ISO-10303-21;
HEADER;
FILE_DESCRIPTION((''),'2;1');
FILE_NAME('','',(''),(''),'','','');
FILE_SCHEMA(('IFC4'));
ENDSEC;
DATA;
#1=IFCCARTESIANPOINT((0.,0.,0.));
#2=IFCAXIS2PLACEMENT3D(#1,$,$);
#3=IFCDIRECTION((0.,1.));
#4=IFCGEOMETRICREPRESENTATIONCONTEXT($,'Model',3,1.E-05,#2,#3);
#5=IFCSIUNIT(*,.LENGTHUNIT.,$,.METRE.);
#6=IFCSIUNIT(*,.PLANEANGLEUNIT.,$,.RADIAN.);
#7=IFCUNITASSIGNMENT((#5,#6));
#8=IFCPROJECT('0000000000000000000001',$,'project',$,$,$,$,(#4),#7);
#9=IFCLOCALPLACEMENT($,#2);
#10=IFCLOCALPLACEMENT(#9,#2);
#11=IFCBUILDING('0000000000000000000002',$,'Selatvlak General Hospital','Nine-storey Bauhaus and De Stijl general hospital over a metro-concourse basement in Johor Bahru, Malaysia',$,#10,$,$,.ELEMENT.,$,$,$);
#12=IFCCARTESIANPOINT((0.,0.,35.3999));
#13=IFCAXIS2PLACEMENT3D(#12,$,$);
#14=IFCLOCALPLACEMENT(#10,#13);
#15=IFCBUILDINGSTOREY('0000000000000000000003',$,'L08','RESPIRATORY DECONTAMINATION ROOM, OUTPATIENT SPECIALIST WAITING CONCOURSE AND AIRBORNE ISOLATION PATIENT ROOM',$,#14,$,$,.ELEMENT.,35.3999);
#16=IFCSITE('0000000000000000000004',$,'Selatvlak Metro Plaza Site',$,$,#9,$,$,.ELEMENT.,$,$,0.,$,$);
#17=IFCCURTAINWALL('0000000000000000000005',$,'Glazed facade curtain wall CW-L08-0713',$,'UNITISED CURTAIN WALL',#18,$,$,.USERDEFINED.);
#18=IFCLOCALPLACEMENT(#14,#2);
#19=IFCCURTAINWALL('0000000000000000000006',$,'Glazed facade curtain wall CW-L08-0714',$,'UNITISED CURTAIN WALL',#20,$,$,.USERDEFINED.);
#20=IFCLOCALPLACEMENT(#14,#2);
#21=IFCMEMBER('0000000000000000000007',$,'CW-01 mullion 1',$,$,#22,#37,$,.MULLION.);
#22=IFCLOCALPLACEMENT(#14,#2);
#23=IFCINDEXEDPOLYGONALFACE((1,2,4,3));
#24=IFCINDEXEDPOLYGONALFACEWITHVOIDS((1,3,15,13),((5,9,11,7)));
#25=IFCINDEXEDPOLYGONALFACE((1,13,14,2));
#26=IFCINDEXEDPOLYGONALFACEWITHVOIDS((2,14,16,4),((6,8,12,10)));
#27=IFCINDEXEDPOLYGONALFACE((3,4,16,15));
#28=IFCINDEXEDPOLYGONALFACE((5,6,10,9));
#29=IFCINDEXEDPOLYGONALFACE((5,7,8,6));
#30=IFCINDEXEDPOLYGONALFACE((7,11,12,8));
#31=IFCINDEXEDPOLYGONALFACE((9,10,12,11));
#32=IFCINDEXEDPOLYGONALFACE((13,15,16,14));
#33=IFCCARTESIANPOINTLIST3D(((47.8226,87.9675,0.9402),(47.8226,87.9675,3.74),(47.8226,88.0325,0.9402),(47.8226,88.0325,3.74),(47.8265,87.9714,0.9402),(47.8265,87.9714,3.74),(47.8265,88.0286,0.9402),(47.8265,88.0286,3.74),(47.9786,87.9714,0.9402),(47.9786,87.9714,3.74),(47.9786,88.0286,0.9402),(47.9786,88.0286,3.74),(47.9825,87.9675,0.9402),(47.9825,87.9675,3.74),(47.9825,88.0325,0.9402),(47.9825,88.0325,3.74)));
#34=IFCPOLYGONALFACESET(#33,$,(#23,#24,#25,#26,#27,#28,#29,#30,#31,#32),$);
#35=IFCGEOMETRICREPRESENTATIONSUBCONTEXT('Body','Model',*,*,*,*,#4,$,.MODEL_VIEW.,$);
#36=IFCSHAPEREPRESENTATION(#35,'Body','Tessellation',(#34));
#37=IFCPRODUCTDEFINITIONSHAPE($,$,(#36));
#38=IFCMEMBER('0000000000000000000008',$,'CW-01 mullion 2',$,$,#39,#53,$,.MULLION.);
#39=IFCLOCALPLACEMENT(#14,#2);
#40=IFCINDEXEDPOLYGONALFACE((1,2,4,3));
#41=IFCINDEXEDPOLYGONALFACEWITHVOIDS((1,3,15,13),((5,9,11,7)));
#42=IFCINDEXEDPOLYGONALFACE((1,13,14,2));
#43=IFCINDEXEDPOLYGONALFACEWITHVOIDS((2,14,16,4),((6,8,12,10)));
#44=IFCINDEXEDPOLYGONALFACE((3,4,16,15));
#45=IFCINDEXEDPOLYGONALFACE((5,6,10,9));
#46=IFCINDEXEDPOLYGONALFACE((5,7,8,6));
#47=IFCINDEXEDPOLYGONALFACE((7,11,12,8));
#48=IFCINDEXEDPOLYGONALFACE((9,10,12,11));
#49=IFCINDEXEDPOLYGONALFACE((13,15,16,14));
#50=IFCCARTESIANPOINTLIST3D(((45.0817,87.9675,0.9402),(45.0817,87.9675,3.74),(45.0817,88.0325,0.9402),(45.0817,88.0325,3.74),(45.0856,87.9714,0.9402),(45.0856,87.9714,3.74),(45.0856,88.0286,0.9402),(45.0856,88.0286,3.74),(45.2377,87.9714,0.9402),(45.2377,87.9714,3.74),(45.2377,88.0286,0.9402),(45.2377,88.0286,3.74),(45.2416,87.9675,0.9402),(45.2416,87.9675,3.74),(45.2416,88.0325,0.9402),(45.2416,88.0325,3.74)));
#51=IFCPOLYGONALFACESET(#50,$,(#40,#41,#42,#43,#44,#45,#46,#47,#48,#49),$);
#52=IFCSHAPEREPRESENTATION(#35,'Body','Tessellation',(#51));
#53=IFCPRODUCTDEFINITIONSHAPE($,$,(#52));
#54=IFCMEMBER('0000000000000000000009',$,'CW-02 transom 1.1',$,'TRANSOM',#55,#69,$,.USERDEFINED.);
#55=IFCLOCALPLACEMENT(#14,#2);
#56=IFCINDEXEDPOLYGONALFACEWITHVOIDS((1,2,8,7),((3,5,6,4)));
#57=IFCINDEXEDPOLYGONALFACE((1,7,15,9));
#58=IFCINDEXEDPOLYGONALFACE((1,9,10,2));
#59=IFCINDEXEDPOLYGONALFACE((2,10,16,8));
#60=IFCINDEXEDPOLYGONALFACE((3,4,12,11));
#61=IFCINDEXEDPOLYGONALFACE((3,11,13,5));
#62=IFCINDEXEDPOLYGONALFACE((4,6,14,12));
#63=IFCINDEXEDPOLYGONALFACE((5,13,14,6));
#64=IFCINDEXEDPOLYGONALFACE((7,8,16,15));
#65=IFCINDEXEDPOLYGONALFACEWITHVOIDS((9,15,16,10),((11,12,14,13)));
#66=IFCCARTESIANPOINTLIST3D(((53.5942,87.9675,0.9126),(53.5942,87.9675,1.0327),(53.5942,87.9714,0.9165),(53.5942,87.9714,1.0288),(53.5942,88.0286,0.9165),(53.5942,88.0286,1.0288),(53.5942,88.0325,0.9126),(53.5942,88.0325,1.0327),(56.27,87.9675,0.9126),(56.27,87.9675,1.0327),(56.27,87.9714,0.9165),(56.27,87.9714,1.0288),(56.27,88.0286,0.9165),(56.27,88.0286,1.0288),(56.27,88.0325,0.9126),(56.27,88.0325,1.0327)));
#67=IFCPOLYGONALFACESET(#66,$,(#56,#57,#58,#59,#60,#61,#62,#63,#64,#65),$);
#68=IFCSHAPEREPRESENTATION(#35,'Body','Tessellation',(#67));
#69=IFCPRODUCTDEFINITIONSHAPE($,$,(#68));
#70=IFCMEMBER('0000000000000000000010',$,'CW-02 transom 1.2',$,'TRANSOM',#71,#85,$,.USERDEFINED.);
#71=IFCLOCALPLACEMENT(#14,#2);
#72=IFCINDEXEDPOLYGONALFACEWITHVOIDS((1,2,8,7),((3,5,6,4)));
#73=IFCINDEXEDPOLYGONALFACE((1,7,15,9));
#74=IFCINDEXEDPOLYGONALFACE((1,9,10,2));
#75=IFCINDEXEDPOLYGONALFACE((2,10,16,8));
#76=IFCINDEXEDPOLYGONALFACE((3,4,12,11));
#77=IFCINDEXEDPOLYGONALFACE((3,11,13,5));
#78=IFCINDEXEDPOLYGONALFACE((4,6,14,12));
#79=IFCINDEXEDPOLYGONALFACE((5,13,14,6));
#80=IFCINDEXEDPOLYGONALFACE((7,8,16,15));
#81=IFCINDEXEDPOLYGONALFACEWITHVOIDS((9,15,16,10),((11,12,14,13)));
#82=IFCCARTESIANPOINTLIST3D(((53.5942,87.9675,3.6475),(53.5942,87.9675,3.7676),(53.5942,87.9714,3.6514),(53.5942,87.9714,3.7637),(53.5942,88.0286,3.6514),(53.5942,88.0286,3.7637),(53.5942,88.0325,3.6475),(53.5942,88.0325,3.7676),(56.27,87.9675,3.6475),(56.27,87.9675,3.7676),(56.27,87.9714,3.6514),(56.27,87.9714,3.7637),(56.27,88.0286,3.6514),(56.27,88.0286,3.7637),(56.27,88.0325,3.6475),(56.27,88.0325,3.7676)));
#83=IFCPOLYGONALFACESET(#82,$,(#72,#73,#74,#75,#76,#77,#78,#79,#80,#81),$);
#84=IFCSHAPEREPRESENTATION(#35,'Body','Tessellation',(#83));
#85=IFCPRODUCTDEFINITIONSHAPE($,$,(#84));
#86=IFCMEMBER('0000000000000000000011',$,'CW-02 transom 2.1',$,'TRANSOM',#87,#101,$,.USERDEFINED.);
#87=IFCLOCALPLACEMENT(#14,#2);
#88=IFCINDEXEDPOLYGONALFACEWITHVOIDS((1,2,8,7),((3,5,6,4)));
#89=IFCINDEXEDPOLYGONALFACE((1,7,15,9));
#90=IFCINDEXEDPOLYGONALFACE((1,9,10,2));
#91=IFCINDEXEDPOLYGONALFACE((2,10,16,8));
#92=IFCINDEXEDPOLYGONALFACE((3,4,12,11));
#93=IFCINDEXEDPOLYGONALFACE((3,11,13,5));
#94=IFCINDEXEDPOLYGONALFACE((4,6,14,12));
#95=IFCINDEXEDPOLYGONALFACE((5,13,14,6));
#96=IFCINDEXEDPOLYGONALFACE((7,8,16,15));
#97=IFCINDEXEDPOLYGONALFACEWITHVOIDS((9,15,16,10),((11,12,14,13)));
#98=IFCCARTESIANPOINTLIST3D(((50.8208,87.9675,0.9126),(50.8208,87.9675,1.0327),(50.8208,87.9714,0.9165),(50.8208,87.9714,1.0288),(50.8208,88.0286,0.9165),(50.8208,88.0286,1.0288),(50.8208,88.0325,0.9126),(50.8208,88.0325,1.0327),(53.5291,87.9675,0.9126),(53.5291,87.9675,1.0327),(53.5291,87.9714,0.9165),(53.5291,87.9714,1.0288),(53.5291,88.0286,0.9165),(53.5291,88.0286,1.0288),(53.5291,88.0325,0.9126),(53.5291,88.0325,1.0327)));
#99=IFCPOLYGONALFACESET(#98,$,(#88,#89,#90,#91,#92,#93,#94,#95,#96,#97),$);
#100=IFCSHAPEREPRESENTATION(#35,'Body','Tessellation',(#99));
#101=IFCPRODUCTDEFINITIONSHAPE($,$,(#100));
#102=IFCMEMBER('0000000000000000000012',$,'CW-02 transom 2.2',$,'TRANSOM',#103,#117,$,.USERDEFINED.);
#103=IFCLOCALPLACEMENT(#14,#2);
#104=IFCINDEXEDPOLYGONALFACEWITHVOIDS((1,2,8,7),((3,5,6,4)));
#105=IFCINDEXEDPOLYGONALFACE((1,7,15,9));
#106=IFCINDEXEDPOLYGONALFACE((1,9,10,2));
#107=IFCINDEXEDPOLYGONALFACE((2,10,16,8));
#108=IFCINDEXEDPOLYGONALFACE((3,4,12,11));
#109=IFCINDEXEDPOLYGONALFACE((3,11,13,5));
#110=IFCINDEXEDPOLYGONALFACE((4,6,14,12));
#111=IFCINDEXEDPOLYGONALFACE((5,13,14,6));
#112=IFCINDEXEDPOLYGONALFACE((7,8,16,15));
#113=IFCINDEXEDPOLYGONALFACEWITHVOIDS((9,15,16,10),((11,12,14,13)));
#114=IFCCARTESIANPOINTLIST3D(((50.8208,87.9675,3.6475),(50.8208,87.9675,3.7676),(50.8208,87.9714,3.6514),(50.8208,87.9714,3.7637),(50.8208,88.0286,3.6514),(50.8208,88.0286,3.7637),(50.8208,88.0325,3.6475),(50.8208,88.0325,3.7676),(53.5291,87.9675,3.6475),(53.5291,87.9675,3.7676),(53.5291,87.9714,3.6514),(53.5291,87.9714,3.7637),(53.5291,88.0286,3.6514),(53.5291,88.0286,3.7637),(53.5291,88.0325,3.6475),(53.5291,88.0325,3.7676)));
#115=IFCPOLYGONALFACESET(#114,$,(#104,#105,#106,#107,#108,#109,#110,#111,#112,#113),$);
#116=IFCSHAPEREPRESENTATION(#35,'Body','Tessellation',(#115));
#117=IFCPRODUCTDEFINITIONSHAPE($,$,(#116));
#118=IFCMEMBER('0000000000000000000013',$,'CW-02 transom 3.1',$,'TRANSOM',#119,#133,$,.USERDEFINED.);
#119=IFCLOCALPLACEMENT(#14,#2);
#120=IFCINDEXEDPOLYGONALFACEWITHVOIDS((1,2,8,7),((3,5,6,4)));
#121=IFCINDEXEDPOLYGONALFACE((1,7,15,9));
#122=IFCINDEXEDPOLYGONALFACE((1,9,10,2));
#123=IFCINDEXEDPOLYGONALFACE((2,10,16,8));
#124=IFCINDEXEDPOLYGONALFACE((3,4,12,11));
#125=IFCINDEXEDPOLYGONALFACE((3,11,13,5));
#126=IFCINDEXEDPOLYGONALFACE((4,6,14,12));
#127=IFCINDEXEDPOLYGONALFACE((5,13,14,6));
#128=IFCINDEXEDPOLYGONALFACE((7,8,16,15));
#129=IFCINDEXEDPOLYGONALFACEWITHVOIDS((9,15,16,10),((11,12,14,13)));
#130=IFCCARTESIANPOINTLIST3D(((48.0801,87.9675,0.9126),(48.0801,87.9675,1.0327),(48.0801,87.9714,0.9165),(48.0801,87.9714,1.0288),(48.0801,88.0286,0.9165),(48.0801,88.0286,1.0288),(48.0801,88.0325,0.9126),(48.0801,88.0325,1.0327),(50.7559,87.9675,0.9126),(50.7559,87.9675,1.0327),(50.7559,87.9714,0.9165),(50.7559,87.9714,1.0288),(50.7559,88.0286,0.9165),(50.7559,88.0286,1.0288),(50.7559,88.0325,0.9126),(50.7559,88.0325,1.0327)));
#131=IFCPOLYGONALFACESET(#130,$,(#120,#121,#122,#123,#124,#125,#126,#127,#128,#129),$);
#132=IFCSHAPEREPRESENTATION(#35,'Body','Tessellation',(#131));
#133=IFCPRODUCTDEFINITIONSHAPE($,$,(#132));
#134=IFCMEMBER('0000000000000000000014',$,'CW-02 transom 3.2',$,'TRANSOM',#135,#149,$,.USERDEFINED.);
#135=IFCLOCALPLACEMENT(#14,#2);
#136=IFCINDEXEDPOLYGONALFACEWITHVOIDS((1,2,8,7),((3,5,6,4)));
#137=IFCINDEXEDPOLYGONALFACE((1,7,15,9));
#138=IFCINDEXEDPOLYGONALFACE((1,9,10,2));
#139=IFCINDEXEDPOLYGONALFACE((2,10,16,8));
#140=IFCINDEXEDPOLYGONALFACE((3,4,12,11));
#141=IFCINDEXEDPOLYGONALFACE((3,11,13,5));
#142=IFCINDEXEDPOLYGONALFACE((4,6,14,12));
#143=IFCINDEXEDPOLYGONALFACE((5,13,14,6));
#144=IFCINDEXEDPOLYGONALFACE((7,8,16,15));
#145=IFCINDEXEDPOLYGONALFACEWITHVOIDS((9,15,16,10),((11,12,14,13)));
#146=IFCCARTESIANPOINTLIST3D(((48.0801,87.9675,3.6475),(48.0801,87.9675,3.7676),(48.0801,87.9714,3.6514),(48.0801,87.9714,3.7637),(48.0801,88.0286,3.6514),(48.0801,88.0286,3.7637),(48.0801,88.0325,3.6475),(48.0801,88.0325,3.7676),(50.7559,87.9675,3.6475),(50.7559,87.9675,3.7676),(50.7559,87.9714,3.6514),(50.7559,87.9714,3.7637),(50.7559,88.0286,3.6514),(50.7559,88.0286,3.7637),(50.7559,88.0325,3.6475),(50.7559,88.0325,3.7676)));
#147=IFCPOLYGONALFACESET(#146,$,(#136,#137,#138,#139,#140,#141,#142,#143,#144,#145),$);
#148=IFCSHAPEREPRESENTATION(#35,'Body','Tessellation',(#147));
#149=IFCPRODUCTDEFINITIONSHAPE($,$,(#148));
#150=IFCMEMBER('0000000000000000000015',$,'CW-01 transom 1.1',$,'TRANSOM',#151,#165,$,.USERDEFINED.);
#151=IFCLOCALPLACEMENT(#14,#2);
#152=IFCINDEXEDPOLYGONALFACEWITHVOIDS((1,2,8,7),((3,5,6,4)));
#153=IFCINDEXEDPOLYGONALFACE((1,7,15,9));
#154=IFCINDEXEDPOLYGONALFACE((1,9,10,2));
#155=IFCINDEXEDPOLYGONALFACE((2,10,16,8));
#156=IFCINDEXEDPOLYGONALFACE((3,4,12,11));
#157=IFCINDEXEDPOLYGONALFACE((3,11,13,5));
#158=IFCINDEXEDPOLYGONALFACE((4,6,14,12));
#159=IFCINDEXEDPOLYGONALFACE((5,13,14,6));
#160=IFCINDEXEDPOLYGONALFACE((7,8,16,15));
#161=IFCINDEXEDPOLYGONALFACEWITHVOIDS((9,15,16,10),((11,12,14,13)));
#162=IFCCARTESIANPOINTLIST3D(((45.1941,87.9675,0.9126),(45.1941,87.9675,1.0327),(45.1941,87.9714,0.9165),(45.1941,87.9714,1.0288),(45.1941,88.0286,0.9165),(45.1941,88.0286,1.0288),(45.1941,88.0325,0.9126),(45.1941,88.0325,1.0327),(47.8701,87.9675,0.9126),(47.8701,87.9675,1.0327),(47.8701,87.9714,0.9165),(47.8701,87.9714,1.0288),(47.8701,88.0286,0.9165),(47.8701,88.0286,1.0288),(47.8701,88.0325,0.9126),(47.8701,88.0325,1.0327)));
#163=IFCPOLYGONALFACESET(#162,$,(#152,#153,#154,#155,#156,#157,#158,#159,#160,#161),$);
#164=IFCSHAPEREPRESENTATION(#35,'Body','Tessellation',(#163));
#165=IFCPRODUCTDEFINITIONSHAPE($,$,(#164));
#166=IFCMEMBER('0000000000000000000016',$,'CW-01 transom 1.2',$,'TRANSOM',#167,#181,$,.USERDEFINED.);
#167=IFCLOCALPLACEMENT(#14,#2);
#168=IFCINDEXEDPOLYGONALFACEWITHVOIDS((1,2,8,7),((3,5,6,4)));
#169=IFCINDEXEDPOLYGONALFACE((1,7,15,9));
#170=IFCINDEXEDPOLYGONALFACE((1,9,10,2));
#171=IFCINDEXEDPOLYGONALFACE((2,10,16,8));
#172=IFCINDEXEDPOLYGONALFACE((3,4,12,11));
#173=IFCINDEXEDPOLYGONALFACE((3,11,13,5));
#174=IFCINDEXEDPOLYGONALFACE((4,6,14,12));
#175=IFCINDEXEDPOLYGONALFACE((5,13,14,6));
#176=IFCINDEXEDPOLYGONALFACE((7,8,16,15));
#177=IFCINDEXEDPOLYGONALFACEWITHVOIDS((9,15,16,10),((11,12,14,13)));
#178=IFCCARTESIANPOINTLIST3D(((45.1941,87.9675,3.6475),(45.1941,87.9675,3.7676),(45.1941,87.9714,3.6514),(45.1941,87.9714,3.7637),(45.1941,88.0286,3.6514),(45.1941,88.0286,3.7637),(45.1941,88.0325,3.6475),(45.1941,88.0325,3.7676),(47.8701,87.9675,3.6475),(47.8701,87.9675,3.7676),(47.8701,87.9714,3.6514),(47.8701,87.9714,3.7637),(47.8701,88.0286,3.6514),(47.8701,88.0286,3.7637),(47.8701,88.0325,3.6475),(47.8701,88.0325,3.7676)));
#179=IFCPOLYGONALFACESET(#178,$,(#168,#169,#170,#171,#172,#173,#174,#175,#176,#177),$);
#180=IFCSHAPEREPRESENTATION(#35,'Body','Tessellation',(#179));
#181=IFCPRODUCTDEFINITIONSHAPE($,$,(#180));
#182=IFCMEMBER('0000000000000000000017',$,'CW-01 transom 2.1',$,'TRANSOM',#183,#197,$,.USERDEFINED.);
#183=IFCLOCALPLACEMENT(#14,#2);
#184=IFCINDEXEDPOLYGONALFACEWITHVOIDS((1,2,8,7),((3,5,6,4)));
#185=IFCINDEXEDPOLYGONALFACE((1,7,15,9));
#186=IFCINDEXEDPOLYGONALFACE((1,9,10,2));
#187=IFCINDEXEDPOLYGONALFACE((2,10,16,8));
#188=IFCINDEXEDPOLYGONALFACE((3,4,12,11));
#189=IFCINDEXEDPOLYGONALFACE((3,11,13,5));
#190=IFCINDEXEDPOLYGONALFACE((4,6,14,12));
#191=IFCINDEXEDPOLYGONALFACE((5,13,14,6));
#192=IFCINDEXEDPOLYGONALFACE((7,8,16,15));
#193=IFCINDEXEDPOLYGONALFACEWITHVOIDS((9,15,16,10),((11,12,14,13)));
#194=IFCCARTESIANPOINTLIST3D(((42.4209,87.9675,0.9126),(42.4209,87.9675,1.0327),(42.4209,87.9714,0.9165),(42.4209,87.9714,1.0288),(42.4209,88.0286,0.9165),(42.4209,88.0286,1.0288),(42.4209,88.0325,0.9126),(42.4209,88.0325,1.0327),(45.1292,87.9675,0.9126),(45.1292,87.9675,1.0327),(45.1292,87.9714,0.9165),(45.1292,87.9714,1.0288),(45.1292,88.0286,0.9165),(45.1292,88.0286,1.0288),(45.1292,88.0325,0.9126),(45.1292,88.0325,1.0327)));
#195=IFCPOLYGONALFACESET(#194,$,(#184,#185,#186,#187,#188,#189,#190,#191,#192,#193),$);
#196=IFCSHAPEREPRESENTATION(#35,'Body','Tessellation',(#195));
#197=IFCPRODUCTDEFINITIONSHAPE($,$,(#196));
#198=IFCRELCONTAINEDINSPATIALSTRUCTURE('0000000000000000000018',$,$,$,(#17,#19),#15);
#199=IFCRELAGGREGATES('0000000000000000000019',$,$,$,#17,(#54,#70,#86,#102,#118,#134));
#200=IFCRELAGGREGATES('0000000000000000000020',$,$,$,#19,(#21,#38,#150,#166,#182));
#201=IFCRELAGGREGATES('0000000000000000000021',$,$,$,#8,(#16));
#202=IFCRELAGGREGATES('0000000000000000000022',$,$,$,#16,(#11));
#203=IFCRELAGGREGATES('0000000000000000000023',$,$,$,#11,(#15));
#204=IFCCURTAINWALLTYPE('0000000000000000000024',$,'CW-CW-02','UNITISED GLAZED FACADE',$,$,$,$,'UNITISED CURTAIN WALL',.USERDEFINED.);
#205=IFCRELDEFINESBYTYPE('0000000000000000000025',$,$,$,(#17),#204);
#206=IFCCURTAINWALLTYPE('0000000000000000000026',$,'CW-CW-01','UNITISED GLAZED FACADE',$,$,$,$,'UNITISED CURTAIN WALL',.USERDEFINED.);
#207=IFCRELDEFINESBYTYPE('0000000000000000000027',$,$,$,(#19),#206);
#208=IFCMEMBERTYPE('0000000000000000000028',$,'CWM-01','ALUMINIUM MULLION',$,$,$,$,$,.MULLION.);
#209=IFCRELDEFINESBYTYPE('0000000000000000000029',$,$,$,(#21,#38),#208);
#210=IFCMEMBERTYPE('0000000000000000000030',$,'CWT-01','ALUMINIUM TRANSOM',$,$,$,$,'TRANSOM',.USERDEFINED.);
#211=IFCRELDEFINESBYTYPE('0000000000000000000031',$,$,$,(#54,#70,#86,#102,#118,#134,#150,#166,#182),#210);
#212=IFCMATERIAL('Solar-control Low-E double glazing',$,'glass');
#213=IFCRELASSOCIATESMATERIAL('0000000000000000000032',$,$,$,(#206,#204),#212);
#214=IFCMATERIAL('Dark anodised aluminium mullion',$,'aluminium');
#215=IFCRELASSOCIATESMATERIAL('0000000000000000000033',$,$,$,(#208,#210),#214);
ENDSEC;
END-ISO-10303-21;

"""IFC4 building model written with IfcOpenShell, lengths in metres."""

from ifc_helpers import new_model, si_unit, direction, frame, origin, origin_2d, place, context, subcontext, project, spatial, hollow_rectangle, extrude, material, material_profile, profile_set, type_object, element, aggregate, save


model = new_model("IFC4")

# Units and contexts
model_context = context("Model", 3, precision=1e-05, world=origin(), true_north=direction((0.0, 1.0)))
body_context = subcontext(model_context, "Body", "Model", "MODEL_VIEW")
ifc_project = project(units=[si_unit("LENGTHUNIT", "METRE"), si_unit("PLANEANGLEUNIT", "RADIAN")], contexts=[model_context])

# Site, building, storey
site_placement = place(None, origin())
site = spatial("IfcSite", under=ifc_project, at=site_placement, Name="Selatvlak Metro Plaza Site", CompositionType="ELEMENT", RefElevation=0.0)
building_placement = place(site_placement, origin())
building = spatial("IfcBuilding", under=site, at=building_placement, Name="Selatvlak General Hospital", Description="Nine-storey Bauhaus and De Stijl general hospital over a metro-concourse basement in Johor Bahru, Malaysia", CompositionType="ELEMENT")
storey_placement = place(building_placement, frame((0.0, 0.0, 35.3999)))
storey = spatial("IfcBuildingStorey", under=building, at=storey_placement, Name="L08", Description="RESPIRATORY DECONTAMINATION ROOM, OUTPATIENT SPECIALIST WAITING CONCOURSE AND AIRBORNE ISOLATION PATIENT ROOM", CompositionType="ELEMENT", Elevation=35.3999)

# Shared definitions
ifc_material_1 = material(Name="Solar-control Low-E double glazing", Category="glass")
curtain_wall_type_1 = type_object("IfcCurtainWallType", Name="CW-CW-01", Description="UNITISED GLAZED FACADE", ElementType="UNITISED CURTAIN WALL", PredefinedType="USERDEFINED", material=ifc_material_1)
ifc_material_2 = material(Name="Dark anodised aluminium mullion", Category="aluminium")
ifc_material_profile_1 = material_profile(ifc_material_2, hollow_rectangle(XDim=0.0649, YDim=0.1599, WallThickness=0.0039, at=origin_2d()), Name="AL-MUL 65x160x4")
ifc_profile_set_1 = profile_set([ifc_material_profile_1], Name="Dark anodised aluminium mullion")
member_type_1 = type_object("IfcMemberType", Name="CWM-01", Description="ALUMINIUM MULLION", PredefinedType="MULLION", material=ifc_profile_set_1)

# Curtain walls, members
curtain_wall_type_2 = type_object("IfcCurtainWallType", Name="CW-CW-02", Description="UNITISED GLAZED FACADE", ElementType="UNITISED CURTAIN WALL", PredefinedType="USERDEFINED", material=ifc_material_1)
curtain_wall_1_placement = place(storey_placement, origin())
curtain_wall_1 = element("IfcCurtainWall", 1, at=curtain_wall_1_placement, inside=storey, type_object=curtain_wall_type_2, Name="Glazed facade curtain wall CW-L08-0713", ObjectType="UNITISED CURTAIN WALL", PredefinedType="USERDEFINED")
curtain_wall_2_placement = place(storey_placement, origin())
curtain_wall_2 = element("IfcCurtainWall", 2, at=curtain_wall_2_placement, inside=storey, type_object=curtain_wall_type_1, Name="Glazed facade curtain wall CW-L08-0714", ObjectType="UNITISED CURTAIN WALL", PredefinedType="USERDEFINED")
member_1_placement = place(storey_placement, frame((47.9026, 88.0, 0.9402), z_axis=(0.0, 0.0, 1.0), x_axis=(0.0, -1.0, 0.0)))
member_1 = element("IfcMember", 3, at=member_1_placement, type_object=member_type_1, Name="CW-01 mullion 1", PredefinedType="MULLION", context=body_context, shape_type="SweptSolid", body=[
    extrude(hollow_rectangle(XDim=0.0649, YDim=0.1599, WallThickness=0.0039, at=origin_2d()), origin(), (0.0, 0.0, 1.0), 2.7998),
])
member_2_placement = place(storey_placement, frame((45.1616, 88.0, 0.9402), z_axis=(0.0, 0.0, 1.0), x_axis=(0.0, -1.0, 0.0)))
member_2 = element("IfcMember", 4, at=member_2_placement, type_object=member_type_1, Name="CW-01 mullion 2", PredefinedType="MULLION", context=body_context, shape_type="SweptSolid", body=[
    extrude(hollow_rectangle(XDim=0.0649, YDim=0.1599, WallThickness=0.0039, at=origin_2d()), origin(), (0.0, 0.0, 1.0), 2.7998),
])

# Members
ifc_material_profile_2 = material_profile(ifc_material_2, hollow_rectangle(XDim=0.0649, YDim=0.1201, WallThickness=0.0039, at=origin_2d()), Name="AL-TRN 65x120x4")
ifc_profile_set_2 = profile_set([ifc_material_profile_2], Name="Dark anodised aluminium mullion")
member_type_2 = type_object("IfcMemberType", Name="CWT-01", Description="ALUMINIUM TRANSOM", ElementType="TRANSOM", PredefinedType="USERDEFINED", material=ifc_profile_set_2)
member_3_placement = place(storey_placement, frame((56.27, 88.0, 0.9727), z_axis=(-1.0, 0.0, 0.0), x_axis=(0.0, -1.0, 0.0)))
member_3 = element("IfcMember", 5, at=member_3_placement, type_object=member_type_2, Name="CW-02 transom 1.1", ObjectType="TRANSOM", PredefinedType="USERDEFINED", context=body_context, shape_type="SweptSolid", body=[
    extrude(hollow_rectangle(XDim=0.0649, YDim=0.1201, WallThickness=0.0039, at=origin_2d()), origin(), (0.0, 0.0, 1.0), 2.6758),
])
member_4_placement = place(storey_placement, frame((56.27, 88.0, 3.7075), z_axis=(-1.0, 0.0, 0.0), x_axis=(0.0, -1.0, 0.0)))
member_4 = element("IfcMember", 6, at=member_4_placement, type_object=member_type_2, Name="CW-02 transom 1.2", ObjectType="TRANSOM", PredefinedType="USERDEFINED", context=body_context, shape_type="SweptSolid", body=[
    extrude(hollow_rectangle(XDim=0.0649, YDim=0.1201, WallThickness=0.0039, at=origin_2d()), origin(), (0.0, 0.0, 1.0), 2.6758),
])
member_5_placement = place(storey_placement, frame((53.5291, 88.0, 0.9727), z_axis=(-1.0, 0.0, 0.0), x_axis=(0.0, -1.0, 0.0)))
member_5 = element("IfcMember", 7, at=member_5_placement, type_object=member_type_2, Name="CW-02 transom 2.1", ObjectType="TRANSOM", PredefinedType="USERDEFINED", context=body_context, shape_type="SweptSolid", body=[
    extrude(hollow_rectangle(XDim=0.0649, YDim=0.1201, WallThickness=0.0039, at=origin_2d()), origin(), (0.0, 0.0, 1.0), 2.7083),
])
member_6_placement = place(storey_placement, frame((53.5291, 88.0, 3.7075), z_axis=(-1.0, 0.0, 0.0), x_axis=(0.0, -1.0, 0.0)))
member_6 = element("IfcMember", 8, at=member_6_placement, type_object=member_type_2, Name="CW-02 transom 2.2", ObjectType="TRANSOM", PredefinedType="USERDEFINED", context=body_context, shape_type="SweptSolid", body=[
    extrude(hollow_rectangle(XDim=0.0649, YDim=0.1201, WallThickness=0.0039, at=origin_2d()), origin(), (0.0, 0.0, 1.0), 2.7083),
])
member_7_placement = place(storey_placement, frame((50.7559, 88.0, 0.9727), z_axis=(-1.0, 0.0, 0.0), x_axis=(0.0, -1.0, 0.0)))
member_7 = element("IfcMember", 9, at=member_7_placement, type_object=member_type_2, Name="CW-02 transom 3.1", ObjectType="TRANSOM", PredefinedType="USERDEFINED", context=body_context, shape_type="SweptSolid", body=[
    extrude(hollow_rectangle(XDim=0.0649, YDim=0.1201, WallThickness=0.0039, at=origin_2d()), origin(), (0.0, 0.0, 1.0), 2.6758),
])
member_8_placement = place(storey_placement, frame((50.7559, 88.0, 3.7075), z_axis=(-1.0, 0.0, 0.0), x_axis=(0.0, -1.0, 0.0)))
member_8 = element("IfcMember", 10, at=member_8_placement, type_object=member_type_2, Name="CW-02 transom 3.2", ObjectType="TRANSOM", PredefinedType="USERDEFINED", context=body_context, shape_type="SweptSolid", body=[
    extrude(hollow_rectangle(XDim=0.0649, YDim=0.1201, WallThickness=0.0039, at=origin_2d()), origin(), (0.0, 0.0, 1.0), 2.6758),
])
member_9_placement = place(storey_placement, frame((47.8701, 88.0, 0.9727), z_axis=(-1.0, 0.0, 0.0), x_axis=(0.0, -1.0, 0.0)))
member_9 = element("IfcMember", 11, at=member_9_placement, type_object=member_type_2, Name="CW-01 transom 1.1", ObjectType="TRANSOM", PredefinedType="USERDEFINED", context=body_context, shape_type="SweptSolid", body=[
    extrude(hollow_rectangle(XDim=0.0649, YDim=0.1201, WallThickness=0.0039, at=origin_2d()), origin(), (0.0, 0.0, 1.0), 2.676),
])
member_10_placement = place(storey_placement, frame((47.8701, 88.0, 3.7075), z_axis=(-1.0, 0.0, 0.0), x_axis=(0.0, -1.0, 0.0)))
member_10 = element("IfcMember", 12, at=member_10_placement, type_object=member_type_2, Name="CW-01 transom 1.2", ObjectType="TRANSOM", PredefinedType="USERDEFINED", context=body_context, shape_type="SweptSolid", body=[
    extrude(hollow_rectangle(XDim=0.0649, YDim=0.1201, WallThickness=0.0039, at=origin_2d()), origin(), (0.0, 0.0, 1.0), 2.676),
])
member_11_placement = place(storey_placement, frame((45.1292, 88.0, 0.9727), z_axis=(-1.0, 0.0, 0.0), x_axis=(0.0, -1.0, 0.0)))
member_11 = element("IfcMember", 13, at=member_11_placement, type_object=member_type_2, Name="CW-01 transom 2.1", ObjectType="TRANSOM", PredefinedType="USERDEFINED", context=body_context, shape_type="SweptSolid", body=[
    extrude(hollow_rectangle(XDim=0.0649, YDim=0.1201, WallThickness=0.0039, at=origin_2d()), origin(), (0.0, 0.0, 1.0), 2.7083),
])

aggregate(curtain_wall_1, [member_3, member_4, member_5, member_6, member_7, member_8])
aggregate(curtain_wall_2, [member_1, member_2, member_9, member_10, member_11])

save(model, "model.ifc")
